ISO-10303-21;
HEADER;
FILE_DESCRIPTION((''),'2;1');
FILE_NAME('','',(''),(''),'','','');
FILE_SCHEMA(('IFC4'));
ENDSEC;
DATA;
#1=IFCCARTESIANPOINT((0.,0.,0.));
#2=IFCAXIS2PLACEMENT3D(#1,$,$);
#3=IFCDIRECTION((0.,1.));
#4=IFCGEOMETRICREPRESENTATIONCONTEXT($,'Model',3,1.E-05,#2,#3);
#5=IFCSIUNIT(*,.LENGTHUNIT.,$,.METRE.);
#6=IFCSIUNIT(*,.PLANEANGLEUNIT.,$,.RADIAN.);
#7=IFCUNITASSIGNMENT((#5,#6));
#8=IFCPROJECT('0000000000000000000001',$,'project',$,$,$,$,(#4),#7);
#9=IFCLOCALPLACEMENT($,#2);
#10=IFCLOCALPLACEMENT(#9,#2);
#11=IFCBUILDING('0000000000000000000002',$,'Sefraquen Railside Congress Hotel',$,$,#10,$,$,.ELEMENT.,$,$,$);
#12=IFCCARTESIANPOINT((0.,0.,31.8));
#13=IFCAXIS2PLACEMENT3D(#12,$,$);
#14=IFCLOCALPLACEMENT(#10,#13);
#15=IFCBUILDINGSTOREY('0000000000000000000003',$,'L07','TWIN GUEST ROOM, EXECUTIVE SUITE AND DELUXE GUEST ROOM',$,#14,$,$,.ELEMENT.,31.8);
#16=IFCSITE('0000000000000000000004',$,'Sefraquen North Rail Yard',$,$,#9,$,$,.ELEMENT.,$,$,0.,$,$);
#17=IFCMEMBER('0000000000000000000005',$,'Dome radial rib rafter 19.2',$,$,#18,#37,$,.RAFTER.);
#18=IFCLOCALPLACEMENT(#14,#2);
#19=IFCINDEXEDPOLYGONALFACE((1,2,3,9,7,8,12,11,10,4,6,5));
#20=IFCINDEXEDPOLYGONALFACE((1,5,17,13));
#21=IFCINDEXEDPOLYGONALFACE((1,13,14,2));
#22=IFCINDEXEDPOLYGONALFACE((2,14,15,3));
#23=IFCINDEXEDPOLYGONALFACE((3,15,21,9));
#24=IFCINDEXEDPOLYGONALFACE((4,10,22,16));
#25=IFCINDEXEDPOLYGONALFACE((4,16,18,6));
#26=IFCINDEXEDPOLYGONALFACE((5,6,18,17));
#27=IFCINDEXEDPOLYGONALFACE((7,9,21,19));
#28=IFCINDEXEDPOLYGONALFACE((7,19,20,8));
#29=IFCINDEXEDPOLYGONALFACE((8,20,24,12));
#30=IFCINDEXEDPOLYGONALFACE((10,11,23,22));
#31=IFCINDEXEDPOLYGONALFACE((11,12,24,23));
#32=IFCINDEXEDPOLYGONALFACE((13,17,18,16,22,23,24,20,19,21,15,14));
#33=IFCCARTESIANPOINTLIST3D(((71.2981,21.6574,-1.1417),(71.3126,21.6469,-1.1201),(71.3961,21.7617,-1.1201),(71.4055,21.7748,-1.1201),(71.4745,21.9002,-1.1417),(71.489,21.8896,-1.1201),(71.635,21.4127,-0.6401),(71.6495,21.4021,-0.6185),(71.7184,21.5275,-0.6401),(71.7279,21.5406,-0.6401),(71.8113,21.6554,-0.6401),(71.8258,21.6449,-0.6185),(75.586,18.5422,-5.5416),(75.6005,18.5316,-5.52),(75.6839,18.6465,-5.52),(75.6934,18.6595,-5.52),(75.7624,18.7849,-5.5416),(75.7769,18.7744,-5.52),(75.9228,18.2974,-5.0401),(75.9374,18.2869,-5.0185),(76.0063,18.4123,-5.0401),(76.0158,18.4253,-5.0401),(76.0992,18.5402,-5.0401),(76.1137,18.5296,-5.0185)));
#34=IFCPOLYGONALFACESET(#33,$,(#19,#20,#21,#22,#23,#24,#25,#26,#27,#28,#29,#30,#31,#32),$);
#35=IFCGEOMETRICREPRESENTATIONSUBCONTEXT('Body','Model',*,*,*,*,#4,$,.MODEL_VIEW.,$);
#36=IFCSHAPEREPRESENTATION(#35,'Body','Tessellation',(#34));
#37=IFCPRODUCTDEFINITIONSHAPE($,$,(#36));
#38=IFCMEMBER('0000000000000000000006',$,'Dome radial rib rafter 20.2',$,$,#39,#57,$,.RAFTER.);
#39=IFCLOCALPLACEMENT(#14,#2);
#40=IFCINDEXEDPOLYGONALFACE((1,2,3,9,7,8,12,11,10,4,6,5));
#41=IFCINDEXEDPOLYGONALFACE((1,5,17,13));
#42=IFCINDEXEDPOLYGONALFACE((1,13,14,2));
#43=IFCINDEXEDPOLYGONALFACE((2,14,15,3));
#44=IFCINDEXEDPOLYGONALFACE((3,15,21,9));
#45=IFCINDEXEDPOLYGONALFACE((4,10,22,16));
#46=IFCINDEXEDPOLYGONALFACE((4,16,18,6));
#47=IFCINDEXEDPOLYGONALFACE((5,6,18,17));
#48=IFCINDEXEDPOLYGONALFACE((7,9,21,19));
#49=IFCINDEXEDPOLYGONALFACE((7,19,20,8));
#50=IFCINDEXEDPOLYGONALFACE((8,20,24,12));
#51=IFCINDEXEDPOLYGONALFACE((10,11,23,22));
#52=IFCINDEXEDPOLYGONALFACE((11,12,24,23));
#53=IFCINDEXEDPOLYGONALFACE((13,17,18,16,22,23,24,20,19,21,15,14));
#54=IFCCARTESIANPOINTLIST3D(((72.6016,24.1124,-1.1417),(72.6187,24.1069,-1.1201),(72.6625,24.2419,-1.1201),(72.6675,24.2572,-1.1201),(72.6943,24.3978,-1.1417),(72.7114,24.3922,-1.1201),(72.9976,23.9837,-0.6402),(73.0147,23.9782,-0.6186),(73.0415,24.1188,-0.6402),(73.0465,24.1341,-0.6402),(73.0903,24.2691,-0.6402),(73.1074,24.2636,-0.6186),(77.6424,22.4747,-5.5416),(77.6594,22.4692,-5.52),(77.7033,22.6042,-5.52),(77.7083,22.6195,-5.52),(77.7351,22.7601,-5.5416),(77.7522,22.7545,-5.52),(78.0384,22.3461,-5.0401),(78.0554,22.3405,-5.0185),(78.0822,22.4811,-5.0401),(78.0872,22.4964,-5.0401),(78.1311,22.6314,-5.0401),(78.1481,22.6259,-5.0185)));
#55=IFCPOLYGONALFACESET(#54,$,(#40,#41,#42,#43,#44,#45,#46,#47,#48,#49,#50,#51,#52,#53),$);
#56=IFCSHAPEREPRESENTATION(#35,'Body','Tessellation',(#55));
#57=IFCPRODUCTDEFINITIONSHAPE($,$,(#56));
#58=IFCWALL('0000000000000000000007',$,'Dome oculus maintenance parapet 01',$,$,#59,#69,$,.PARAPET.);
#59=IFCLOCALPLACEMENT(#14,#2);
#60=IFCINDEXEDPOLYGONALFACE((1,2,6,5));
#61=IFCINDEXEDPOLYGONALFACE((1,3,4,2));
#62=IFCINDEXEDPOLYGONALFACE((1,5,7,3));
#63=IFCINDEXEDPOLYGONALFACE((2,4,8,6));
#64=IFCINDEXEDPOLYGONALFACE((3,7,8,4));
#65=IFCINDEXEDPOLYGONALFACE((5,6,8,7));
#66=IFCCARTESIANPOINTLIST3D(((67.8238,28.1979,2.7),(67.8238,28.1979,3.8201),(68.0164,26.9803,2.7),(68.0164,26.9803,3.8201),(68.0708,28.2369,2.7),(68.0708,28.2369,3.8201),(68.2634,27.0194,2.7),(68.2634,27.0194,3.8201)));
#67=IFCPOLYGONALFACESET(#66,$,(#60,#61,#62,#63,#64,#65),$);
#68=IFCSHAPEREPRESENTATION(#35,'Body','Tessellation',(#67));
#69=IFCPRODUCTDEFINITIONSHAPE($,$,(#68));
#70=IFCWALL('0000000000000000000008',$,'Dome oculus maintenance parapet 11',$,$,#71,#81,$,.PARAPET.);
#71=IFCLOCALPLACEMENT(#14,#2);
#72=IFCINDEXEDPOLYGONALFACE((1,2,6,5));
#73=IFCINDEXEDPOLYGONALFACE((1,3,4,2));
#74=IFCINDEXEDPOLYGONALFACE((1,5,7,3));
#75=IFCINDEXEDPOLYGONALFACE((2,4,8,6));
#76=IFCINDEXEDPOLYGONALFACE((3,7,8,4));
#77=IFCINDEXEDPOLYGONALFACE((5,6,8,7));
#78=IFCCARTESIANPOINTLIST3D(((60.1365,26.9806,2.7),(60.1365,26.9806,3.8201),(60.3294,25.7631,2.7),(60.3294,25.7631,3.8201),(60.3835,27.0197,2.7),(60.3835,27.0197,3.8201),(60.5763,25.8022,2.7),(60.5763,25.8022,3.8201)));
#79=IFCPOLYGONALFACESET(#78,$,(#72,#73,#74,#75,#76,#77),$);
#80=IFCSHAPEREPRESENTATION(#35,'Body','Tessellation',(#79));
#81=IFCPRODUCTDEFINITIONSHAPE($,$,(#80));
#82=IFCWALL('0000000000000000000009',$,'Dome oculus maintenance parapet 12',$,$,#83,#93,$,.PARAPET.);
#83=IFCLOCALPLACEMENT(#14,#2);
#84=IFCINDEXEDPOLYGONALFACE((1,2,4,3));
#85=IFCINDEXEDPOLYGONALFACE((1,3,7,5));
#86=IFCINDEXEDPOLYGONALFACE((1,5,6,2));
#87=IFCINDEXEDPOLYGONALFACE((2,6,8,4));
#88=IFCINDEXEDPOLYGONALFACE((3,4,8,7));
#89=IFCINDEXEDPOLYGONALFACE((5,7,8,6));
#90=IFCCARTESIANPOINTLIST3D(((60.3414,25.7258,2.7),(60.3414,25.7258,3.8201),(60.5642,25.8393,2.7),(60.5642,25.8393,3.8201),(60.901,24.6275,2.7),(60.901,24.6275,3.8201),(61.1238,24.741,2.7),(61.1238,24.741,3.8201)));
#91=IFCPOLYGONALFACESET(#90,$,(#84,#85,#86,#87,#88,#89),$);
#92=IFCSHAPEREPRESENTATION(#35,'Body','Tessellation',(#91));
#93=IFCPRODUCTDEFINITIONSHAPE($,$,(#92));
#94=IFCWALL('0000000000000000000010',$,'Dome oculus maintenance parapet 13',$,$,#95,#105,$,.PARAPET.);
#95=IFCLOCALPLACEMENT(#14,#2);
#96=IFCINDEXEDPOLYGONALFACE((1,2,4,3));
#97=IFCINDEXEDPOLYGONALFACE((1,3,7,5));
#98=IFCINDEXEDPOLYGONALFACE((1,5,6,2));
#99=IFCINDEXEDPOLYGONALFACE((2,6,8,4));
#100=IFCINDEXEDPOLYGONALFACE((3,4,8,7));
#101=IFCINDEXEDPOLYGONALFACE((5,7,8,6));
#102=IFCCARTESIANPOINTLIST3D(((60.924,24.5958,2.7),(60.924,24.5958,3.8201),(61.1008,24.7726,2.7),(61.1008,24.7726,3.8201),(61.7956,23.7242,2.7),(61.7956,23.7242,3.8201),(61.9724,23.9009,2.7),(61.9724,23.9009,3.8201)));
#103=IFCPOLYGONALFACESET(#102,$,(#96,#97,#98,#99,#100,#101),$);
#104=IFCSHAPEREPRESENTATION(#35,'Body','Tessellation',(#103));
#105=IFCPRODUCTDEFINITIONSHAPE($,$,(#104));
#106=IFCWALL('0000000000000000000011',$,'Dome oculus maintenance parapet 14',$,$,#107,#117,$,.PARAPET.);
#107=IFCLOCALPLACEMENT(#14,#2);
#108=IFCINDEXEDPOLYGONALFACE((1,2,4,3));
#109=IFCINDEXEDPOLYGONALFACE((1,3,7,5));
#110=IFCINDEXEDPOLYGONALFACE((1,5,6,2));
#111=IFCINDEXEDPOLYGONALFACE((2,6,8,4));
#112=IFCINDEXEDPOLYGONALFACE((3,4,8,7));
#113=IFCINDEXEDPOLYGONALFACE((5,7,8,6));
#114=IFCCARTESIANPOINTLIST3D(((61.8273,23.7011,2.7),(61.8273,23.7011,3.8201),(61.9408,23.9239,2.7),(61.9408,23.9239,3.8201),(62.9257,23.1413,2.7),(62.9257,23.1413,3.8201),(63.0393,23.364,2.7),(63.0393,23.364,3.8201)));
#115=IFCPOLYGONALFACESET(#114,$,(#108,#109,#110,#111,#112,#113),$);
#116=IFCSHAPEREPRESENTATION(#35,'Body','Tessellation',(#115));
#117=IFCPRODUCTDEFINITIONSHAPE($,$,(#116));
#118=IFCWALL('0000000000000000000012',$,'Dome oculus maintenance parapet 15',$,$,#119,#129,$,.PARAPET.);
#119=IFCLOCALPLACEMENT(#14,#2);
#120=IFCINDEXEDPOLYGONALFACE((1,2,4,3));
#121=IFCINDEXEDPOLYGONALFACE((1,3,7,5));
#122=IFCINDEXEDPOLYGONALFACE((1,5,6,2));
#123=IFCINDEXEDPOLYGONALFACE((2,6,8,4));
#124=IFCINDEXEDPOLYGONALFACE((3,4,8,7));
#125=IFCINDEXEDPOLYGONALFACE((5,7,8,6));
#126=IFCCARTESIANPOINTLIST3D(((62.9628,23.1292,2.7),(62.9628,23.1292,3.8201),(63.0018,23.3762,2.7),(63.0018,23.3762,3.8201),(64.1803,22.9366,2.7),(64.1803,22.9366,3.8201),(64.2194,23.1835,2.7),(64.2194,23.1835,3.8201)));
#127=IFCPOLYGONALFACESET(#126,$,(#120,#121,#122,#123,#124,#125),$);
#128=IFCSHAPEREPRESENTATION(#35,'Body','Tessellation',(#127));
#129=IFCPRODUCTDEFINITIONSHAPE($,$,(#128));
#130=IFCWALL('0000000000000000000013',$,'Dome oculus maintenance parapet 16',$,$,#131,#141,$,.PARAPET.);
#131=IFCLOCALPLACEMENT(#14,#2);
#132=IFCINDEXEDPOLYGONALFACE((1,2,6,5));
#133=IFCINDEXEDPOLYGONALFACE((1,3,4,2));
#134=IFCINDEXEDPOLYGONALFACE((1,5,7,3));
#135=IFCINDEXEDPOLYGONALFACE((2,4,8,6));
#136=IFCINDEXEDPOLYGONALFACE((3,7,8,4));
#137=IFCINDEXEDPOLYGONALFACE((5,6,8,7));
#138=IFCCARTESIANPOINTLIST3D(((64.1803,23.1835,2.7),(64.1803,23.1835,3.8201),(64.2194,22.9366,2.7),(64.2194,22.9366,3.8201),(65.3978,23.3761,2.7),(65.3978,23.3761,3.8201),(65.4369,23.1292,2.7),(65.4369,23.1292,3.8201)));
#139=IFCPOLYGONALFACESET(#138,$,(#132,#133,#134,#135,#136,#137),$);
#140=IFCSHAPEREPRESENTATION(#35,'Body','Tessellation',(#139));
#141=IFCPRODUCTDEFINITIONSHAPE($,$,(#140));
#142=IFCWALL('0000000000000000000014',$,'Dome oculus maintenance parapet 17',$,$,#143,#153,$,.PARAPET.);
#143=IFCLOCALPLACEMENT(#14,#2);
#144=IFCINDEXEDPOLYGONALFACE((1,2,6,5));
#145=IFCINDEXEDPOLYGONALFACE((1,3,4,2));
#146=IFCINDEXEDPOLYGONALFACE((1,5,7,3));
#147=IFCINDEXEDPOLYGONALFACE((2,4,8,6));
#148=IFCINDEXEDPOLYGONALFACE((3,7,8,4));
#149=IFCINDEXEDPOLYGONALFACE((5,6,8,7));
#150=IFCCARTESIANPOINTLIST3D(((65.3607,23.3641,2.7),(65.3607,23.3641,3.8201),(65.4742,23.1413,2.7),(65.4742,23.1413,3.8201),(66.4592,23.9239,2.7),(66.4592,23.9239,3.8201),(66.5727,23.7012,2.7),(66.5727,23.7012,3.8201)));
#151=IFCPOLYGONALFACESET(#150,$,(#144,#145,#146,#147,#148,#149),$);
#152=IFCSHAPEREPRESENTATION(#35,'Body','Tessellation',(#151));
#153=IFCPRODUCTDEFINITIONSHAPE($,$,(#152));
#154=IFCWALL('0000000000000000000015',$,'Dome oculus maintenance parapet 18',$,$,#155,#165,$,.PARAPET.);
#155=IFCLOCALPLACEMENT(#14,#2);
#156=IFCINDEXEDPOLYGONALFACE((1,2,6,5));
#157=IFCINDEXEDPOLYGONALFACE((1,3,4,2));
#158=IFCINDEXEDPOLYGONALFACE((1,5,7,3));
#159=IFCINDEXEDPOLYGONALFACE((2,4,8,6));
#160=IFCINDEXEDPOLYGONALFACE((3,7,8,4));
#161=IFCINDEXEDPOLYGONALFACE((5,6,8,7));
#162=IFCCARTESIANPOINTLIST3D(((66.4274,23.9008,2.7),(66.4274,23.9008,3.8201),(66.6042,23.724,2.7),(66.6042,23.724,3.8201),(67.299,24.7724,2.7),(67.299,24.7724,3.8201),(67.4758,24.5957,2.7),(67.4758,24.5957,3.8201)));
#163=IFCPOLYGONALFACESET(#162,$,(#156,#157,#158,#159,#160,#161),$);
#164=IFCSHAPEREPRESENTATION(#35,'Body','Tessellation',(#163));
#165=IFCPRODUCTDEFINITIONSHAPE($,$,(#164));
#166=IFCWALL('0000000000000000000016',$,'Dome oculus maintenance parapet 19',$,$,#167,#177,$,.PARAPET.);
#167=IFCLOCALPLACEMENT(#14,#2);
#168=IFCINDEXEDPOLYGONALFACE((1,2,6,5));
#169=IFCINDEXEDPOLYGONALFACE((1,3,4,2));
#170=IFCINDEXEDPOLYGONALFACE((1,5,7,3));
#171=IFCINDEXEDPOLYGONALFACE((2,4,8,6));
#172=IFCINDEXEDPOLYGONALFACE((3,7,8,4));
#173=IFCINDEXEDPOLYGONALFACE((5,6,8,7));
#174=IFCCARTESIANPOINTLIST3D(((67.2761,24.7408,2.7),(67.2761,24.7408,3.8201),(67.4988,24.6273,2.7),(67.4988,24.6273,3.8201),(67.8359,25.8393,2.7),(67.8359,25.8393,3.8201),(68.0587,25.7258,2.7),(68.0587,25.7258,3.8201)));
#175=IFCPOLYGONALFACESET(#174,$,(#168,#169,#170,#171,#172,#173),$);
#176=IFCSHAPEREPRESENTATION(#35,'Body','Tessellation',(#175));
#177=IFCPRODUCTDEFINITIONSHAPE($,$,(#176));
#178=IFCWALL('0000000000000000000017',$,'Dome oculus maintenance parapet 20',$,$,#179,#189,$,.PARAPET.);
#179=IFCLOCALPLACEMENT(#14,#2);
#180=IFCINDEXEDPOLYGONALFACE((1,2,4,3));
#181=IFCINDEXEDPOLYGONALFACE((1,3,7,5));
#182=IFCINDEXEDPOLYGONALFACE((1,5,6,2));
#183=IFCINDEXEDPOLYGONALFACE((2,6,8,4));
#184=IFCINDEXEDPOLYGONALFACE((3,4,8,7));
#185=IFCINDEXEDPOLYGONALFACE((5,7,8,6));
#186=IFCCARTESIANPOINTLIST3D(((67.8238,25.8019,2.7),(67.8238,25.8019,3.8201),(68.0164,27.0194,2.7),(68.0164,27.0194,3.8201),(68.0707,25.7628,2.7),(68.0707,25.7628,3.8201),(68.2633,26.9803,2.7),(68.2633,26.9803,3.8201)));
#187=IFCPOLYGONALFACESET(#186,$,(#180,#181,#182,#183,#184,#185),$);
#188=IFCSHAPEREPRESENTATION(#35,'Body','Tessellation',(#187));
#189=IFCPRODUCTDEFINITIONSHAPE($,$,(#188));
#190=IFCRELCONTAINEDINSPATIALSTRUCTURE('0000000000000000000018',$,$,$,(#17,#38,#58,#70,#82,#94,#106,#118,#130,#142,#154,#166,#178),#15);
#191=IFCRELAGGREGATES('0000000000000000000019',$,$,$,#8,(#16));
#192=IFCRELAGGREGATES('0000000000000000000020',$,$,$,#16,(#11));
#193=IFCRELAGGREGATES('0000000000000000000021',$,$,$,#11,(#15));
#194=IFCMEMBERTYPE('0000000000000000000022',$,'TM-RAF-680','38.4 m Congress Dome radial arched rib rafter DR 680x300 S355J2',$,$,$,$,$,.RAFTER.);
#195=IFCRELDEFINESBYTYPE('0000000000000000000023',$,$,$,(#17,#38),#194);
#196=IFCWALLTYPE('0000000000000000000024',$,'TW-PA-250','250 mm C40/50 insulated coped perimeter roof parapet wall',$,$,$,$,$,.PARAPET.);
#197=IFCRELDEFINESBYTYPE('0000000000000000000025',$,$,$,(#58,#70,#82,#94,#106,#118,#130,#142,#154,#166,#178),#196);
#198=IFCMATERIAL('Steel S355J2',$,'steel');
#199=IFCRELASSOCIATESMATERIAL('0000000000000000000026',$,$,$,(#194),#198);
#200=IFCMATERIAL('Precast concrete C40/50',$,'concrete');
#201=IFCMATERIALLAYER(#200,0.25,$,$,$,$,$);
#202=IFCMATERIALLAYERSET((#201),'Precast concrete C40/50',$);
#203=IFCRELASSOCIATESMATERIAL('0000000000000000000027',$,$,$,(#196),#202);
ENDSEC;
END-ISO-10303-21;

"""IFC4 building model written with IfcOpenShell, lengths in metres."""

from ifc_helpers import new_model, si_unit, direction, frame, frame_2d, origin, origin_2d, place, context, subcontext, project, spatial, rectangle, i_section, extrude, material, layer, layer_set, material_profile, profile_set, type_object, element, save


model = new_model("IFC4")

# Units and contexts
model_context = context("Model", 3, precision=1e-05, world=origin(), true_north=direction((0.0, 1.0)))
body_context = subcontext(model_context, "Body", "Model", "MODEL_VIEW")
ifc_project = project(units=[si_unit("LENGTHUNIT", "METRE"), si_unit("PLANEANGLEUNIT", "RADIAN")], contexts=[model_context])

# Site, building, storey
site_placement = place(None, origin())
site = spatial("IfcSite", under=ifc_project, at=site_placement, Name="Sefraquen North Rail Yard", CompositionType="ELEMENT", RefElevation=0.0)
building_placement = place(site_placement, origin())
building = spatial("IfcBuilding", under=site, at=building_placement, Name="Sefraquen Railside Congress Hotel", CompositionType="ELEMENT")
storey_placement = place(building_placement, frame((0.0, 0.0, 31.8)))
storey = spatial("IfcBuildingStorey", under=building, at=storey_placement, Name="L07", Description="TWIN GUEST ROOM, EXECUTIVE SUITE AND DELUXE GUEST ROOM", CompositionType="ELEMENT", Elevation=31.8)

# Members
ifc_material_1 = material(Name="Steel S355J2", Category="steel")
ifc_material_profile = material_profile(ifc_material_1, i_section(OverallWidth=0.3, OverallDepth=0.6799, WebThickness=0.0161, FlangeThickness=0.0281, at=origin_2d()), Name="DR 680x300")
ifc_profile_set = profile_set([ifc_material_profile], Name="Steel S355J2")
member_type = type_object("IfcMemberType", Name="TM-RAF-680", Description="38.4 m Congress Dome radial arched rib rafter DR 680x300 S355J2", PredefinedType="RAFTER", material=ifc_profile_set)
for number, where, z_axis, x_axis, name in (
    (1, (75.8499, 18.5359, -5.28), (-0.622477, 0.452247, 0.638745), (-0.587777, -0.809023, 0.0), "Dome radial rib rafter 19.2"),
    (2, (77.8953, 22.5503, -5.28), (-0.731773, 0.237746, 0.638737), (-0.308991, -0.951065, 0.0), "Dome radial rib rafter 20.2"),
):
    element("IfcMember", number, at=place(storey_placement, frame(where, z_axis=z_axis, x_axis=x_axis)), inside=storey, type_object=member_type, Name=name, PredefinedType="RAFTER", context=body_context, shape_type="SweptSolid", body=[
        extrude(i_section(OverallWidth=0.3, OverallDepth=0.6799, WebThickness=0.0161, FlangeThickness=0.0281, at=origin_2d()), origin(), (0.0, 0.0, 1.0), 6.8884),
    ])

# Walls
ifc_material_2 = material(Name="Precast concrete C40/50", Category="concrete")
ifc_layer = layer(ifc_material_2, 0.25)
ifc_layer_set = layer_set([ifc_layer], Name="Precast concrete C40/50")
wall_type = type_object("IfcWallType", Name="TW-PA-250", Description="250 mm C40/50 insulated coped perimeter roof parapet wall", PredefinedType="PARAPET", material=ifc_layer_set)
for number, where, z_axis, x_axis, name in (
    (3, (68.1399, 27.0, 2.7), (0.0, 0.0, 1.0), (-0.156268, 0.987715, 0.0), "Dome oculus maintenance parapet 01"),
    (4, (60.26, 27.0, 2.7), (0.0, 0.0, 1.0), (0.156461, -0.987684, 0.0), "Dome oculus maintenance parapet 11"),
    (5, (60.4529, 25.7825, 2.7), (0.0, 0.0, 1.0), (0.453935, -0.891035, 0.0), "Dome oculus maintenance parapet 12"),
    (6, (61.0125, 24.6841, 2.7), (0.0, 0.0, 1.0), (0.707107, -0.707107, 0.0), "Dome oculus maintenance parapet 13"),
):
    element("IfcWall", number, at=place(storey_placement, frame(where, z_axis=z_axis, x_axis=x_axis)), inside=storey, type_object=wall_type, Name=name, PredefinedType="PARAPET", context=body_context, shape_type="SweptSolid", body=[
        extrude(rectangle(XDim=1.2327, YDim=0.25, at=frame_2d((0.6162, 0.0))), origin(), (0.0, 0.0, 1.0), 1.1201),
    ])
wall_1_placement = place(storey_placement, frame((61.884, 23.8125, 2.7), z_axis=(0.0, 0.0, 1.0), x_axis=(0.890955, -0.454092, 0.0)))
element("IfcWall", 7, at=wall_1_placement, inside=storey, type_object=wall_type, Name="Dome oculus maintenance parapet 14", PredefinedType="PARAPET", context=body_context, shape_type="SweptSolid", body=[
    extrude(rectangle(XDim=1.2329, YDim=0.25, at=frame_2d((0.6165, 0.0))), origin(), (0.0, 0.0, 1.0), 1.1201),
])
for number, where, z_axis, x_axis, name in (
    (8, (62.9824, 23.2527, 2.7), (0.0, 0.0, 1.0), (0.987715, -0.156268, 0.0), "Dome oculus maintenance parapet 15"),
    (9, (64.2, 23.0601, 2.7), (0.0, 0.0, 1.0), (0.987715, 0.156268, 0.0), "Dome oculus maintenance parapet 16"),
):
    element("IfcWall", number, at=place(storey_placement, frame(where, z_axis=z_axis, x_axis=x_axis)), inside=storey, type_object=wall_type, Name=name, PredefinedType="PARAPET", context=body_context, shape_type="SweptSolid", body=[
        extrude(rectangle(XDim=1.2327, YDim=0.25, at=frame_2d((0.6162, 0.0))), origin(), (0.0, 0.0, 1.0), 1.1201),
    ])
wall_2_placement = place(storey_placement, frame((65.4175, 23.2527, 2.7), z_axis=(0.0, 0.0, 1.0), x_axis=(0.890955, 0.454092, 0.0)))
element("IfcWall", 10, at=wall_2_placement, inside=storey, type_object=wall_type, Name="Dome oculus maintenance parapet 17", PredefinedType="PARAPET", context=body_context, shape_type="SweptSolid", body=[
    extrude(rectangle(XDim=1.2329, YDim=0.25, at=frame_2d((0.6165, 0.0))), origin(), (0.0, 0.0, 1.0), 1.1201),
])
wall_3_placement = place(storey_placement, frame((66.5159, 23.8125, 2.7), z_axis=(0.0, 0.0, 1.0), x_axis=(0.707107, 0.707107, 0.0)))
element("IfcWall", 11, at=wall_3_placement, inside=storey, type_object=wall_type, Name="Dome oculus maintenance parapet 18", PredefinedType="PARAPET", context=body_context, shape_type="SweptSolid", body=[
    extrude(rectangle(XDim=1.2327, YDim=0.25, at=frame_2d((0.6162, 0.0))), origin(), (0.0, 0.0, 1.0), 1.1201),
])
wall_4_placement = place(storey_placement, frame((67.3875, 24.6841, 2.7), z_axis=(0.0, 0.0, 1.0), x_axis=(0.454092, 0.890955, 0.0)))
element("IfcWall", 12, at=wall_4_placement, inside=storey, type_object=wall_type, Name="Dome oculus maintenance parapet 19", PredefinedType="PARAPET", context=body_context, shape_type="SweptSolid", body=[
    extrude(rectangle(XDim=1.2329, YDim=0.25, at=frame_2d((0.6165, 0.0))), origin(), (0.0, 0.0, 1.0), 1.1201),
])
wall_5_placement = place(storey_placement, frame((67.9473, 25.7825, 2.7), z_axis=(0.0, 0.0, 1.0), x_axis=(0.156268, 0.987715, 0.0)))
element("IfcWall", 13, at=wall_5_placement, inside=storey, type_object=wall_type, Name="Dome oculus maintenance parapet 20", PredefinedType="PARAPET", context=body_context, shape_type="SweptSolid", body=[
    extrude(rectangle(XDim=1.2327, YDim=0.25, at=frame_2d((0.6162, 0.0))), origin(), (0.0, 0.0, 1.0), 1.1201),
])

save(model, "model.ifc")
